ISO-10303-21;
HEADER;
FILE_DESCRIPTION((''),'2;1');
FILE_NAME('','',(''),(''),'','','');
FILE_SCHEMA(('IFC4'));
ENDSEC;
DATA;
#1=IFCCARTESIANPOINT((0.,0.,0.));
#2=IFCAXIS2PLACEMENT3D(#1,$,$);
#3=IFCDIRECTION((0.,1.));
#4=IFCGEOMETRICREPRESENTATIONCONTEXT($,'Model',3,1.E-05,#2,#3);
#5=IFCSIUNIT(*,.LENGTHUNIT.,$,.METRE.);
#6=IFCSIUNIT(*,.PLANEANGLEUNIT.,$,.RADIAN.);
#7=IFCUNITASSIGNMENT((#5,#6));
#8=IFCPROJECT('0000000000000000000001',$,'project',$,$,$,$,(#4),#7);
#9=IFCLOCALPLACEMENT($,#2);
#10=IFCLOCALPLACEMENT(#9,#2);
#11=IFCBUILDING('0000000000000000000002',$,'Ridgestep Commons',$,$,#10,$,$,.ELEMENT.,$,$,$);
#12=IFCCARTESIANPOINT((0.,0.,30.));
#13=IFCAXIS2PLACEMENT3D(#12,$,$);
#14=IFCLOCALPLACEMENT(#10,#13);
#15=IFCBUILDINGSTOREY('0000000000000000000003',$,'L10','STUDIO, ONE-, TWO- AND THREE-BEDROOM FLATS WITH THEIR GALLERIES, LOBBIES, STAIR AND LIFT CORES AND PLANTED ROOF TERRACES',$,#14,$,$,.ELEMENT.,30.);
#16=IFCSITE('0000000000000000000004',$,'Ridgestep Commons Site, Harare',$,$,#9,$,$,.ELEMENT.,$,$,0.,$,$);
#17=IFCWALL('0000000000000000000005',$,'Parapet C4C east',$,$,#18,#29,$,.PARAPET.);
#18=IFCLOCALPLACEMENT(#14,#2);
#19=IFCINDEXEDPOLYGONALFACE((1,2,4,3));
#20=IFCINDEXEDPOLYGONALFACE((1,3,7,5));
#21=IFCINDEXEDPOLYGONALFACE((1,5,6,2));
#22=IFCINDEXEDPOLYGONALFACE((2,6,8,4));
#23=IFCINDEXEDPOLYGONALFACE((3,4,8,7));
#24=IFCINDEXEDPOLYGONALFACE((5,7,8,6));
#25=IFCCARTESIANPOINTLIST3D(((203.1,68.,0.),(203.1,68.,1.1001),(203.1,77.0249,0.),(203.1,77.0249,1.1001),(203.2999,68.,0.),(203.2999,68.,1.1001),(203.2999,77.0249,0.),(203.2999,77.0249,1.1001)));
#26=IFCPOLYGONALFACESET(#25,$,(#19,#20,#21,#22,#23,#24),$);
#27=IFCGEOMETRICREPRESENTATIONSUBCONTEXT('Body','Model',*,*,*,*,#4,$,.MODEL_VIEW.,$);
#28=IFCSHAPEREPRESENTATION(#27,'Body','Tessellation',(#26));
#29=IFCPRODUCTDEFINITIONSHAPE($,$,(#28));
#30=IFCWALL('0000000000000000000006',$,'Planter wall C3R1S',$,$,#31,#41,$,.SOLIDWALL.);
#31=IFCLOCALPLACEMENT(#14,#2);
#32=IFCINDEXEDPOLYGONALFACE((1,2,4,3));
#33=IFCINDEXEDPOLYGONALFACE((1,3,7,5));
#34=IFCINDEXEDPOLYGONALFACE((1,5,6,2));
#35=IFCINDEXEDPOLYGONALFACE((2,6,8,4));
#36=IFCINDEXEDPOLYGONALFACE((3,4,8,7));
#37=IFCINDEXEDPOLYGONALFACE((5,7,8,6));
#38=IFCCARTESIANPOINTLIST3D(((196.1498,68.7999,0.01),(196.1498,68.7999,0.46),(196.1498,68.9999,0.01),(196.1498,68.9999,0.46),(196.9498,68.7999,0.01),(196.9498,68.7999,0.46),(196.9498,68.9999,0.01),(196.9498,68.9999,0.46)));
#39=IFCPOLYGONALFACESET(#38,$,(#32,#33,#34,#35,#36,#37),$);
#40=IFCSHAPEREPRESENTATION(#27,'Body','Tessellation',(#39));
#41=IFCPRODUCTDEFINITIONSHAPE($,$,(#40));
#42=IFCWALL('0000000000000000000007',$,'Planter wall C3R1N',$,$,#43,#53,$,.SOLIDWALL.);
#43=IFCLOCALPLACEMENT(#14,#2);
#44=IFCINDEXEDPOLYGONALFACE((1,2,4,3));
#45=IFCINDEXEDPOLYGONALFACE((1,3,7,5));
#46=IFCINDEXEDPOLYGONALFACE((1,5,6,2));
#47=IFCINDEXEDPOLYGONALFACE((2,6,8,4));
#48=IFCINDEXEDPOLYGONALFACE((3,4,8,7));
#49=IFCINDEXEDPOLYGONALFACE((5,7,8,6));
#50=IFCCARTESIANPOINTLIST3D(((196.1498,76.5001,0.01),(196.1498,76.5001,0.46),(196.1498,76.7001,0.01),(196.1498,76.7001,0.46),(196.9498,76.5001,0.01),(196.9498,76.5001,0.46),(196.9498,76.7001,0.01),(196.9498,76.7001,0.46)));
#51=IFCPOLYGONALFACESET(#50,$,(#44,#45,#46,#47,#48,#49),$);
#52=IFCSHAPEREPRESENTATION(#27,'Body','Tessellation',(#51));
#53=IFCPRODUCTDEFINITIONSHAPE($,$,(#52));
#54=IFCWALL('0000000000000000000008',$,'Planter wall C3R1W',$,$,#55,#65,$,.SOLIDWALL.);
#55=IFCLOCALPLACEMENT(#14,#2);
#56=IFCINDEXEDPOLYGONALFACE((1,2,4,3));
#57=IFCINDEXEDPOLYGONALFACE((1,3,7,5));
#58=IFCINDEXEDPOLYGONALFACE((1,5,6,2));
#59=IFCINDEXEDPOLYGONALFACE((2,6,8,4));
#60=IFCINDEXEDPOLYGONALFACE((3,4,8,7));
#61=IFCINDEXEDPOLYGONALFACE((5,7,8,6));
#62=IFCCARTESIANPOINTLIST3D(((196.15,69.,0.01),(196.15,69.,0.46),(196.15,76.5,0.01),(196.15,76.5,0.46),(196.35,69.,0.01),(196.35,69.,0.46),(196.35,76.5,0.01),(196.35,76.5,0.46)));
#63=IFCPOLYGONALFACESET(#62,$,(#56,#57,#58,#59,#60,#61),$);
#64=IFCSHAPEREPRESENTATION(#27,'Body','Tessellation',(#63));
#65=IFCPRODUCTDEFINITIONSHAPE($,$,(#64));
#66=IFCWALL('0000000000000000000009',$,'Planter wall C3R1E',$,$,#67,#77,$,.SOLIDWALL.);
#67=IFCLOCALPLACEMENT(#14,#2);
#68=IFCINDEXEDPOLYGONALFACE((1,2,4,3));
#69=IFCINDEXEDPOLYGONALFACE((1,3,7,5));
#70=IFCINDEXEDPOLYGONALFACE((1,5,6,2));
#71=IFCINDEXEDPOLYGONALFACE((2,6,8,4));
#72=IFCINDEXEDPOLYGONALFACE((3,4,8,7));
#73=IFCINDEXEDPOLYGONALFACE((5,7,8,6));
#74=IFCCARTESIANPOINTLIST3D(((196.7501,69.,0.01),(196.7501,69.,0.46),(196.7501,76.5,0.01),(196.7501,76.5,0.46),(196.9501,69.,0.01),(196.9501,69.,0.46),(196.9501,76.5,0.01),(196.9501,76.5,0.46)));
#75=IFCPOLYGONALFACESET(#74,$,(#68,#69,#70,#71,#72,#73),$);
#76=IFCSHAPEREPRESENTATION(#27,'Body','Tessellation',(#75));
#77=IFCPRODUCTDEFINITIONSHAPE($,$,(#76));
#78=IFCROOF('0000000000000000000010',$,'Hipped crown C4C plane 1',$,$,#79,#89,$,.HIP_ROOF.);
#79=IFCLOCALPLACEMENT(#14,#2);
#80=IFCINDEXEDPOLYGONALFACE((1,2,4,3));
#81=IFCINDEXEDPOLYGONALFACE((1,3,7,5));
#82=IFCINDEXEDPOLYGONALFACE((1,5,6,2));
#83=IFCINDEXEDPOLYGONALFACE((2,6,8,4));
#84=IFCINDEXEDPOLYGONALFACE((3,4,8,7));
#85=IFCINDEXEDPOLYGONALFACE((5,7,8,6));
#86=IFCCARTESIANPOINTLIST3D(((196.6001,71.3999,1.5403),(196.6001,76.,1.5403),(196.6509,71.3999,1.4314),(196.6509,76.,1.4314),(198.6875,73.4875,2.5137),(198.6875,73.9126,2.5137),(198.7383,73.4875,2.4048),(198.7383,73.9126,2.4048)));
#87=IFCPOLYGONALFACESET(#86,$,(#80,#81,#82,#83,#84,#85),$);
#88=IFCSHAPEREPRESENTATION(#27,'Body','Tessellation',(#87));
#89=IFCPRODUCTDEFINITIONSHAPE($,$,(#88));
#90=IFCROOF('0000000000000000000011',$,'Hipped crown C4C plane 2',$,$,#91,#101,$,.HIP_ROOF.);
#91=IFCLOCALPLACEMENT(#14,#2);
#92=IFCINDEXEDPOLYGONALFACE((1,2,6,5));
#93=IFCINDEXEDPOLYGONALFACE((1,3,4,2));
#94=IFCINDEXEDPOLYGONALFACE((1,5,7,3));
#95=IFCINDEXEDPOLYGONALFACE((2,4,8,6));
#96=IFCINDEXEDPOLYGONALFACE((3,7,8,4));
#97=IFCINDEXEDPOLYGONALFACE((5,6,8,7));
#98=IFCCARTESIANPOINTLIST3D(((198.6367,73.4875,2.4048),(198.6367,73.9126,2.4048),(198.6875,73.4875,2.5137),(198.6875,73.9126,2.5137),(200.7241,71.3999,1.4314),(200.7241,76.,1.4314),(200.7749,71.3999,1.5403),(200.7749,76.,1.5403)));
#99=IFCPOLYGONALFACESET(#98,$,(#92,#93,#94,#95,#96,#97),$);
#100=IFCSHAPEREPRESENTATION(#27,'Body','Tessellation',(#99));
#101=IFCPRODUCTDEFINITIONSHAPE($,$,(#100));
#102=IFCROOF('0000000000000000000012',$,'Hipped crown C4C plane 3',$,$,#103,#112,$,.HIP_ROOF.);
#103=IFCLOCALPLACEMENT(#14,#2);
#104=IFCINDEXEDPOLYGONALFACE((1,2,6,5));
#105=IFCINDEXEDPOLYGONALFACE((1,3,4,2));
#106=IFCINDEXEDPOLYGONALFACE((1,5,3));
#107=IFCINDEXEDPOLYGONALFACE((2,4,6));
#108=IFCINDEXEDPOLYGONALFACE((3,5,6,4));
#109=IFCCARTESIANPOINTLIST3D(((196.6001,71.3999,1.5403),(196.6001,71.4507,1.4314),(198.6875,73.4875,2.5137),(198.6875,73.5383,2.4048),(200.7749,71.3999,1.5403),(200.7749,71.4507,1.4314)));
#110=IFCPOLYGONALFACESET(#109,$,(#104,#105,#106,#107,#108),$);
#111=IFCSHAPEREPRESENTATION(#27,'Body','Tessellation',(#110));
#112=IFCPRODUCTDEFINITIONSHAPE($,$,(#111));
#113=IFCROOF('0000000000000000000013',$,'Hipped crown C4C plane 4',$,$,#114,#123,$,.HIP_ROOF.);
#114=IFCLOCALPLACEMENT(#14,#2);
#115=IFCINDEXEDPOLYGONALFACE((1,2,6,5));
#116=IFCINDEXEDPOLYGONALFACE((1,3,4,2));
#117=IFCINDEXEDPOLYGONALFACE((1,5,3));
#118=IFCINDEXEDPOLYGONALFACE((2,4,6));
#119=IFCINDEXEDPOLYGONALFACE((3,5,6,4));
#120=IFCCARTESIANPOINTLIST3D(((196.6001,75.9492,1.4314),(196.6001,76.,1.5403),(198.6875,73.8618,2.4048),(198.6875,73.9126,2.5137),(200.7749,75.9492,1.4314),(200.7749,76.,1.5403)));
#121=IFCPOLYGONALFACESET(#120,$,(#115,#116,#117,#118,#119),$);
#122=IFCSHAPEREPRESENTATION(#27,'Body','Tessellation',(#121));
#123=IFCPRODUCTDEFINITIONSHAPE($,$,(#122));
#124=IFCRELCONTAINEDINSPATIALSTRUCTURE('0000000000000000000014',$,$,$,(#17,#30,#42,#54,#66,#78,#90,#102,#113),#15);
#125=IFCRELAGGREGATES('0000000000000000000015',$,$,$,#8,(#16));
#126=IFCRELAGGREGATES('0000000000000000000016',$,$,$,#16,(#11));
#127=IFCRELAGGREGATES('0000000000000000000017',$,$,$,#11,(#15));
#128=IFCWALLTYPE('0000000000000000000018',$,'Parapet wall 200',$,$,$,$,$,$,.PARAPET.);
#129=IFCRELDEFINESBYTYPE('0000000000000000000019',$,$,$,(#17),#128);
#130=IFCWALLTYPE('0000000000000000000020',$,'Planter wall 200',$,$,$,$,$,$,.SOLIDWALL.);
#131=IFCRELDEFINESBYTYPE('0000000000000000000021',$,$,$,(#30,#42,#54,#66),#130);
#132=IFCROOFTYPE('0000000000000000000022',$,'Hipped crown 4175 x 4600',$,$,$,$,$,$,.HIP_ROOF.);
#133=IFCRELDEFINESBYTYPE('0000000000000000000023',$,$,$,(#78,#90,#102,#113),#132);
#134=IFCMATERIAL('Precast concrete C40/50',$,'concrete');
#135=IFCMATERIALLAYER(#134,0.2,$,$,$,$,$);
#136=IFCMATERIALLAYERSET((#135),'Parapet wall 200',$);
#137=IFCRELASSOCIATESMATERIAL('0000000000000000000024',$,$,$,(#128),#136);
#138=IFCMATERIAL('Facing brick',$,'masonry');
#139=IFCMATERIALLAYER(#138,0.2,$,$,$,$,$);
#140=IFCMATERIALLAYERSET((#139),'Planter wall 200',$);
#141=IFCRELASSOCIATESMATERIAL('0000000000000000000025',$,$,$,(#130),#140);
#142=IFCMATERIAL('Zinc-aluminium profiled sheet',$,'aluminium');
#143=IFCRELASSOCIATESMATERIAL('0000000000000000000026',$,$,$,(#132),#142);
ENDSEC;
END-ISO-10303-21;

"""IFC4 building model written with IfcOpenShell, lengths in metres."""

from ifc_helpers import new_model, si_unit, direction, frame, frame_2d, origin, place, context, subcontext, project, spatial, polyline, rectangle, outline, extrude, material, layer, layer_set, type_object, element, save


model = new_model("IFC4")

# Units and contexts
model_context = context("Model", 3, precision=1e-05, world=origin(), true_north=direction((0.0, 1.0)))
body_context = subcontext(model_context, "Body", "Model", "MODEL_VIEW")
ifc_project = project(units=[si_unit("LENGTHUNIT", "METRE"), si_unit("PLANEANGLEUNIT", "RADIAN")], contexts=[model_context])

# Site, building, storey
site_placement = place(None, origin())
site = spatial("IfcSite", under=ifc_project, at=site_placement, Name="Ridgestep Commons Site, Harare", CompositionType="ELEMENT", RefElevation=0.0)
building_placement = place(site_placement, origin())
building = spatial("IfcBuilding", under=site, at=building_placement, Name="Ridgestep Commons", CompositionType="ELEMENT")
storey_placement = place(building_placement, frame((0.0, 0.0, 30.0)))
storey = spatial("IfcBuildingStorey", under=building, at=storey_placement, Name="L10", Description="STUDIO, ONE-, TWO- AND THREE-BEDROOM FLATS WITH THEIR GALLERIES, LOBBIES, STAIR AND LIFT CORES AND PLANTED ROOF TERRACES", CompositionType="ELEMENT", Elevation=30.0)

# Walls
ifc_material_1 = material(Name="Precast concrete C40/50", Category="concrete")
ifc_layer_1 = layer(ifc_material_1, 0.2)
ifc_layer_set_1 = layer_set([ifc_layer_1], Name="Parapet wall 200")
wall_type_1 = type_object("IfcWallType", Name="Parapet wall 200", PredefinedType="PARAPET", material=ifc_layer_set_1)
wall_1_placement = place(storey_placement, frame((203.2, 68.0, 0.0), z_axis=(0.0, 0.0, 1.0), x_axis=(0.0, 1.0, 0.0)))
element("IfcWall", 1, at=wall_1_placement, inside=storey, type_object=wall_type_1, Name="Parapet C4C east", PredefinedType="PARAPET", context=body_context, shape_type="SweptSolid", body=[
    extrude(rectangle(XDim=9.0249, YDim=0.2, at=frame_2d((4.5125, 0.0))), origin(), (0.0, 0.0, 1.0), 1.1001),
])
ifc_material_2 = material(Name="Facing brick", Category="masonry")
ifc_layer_2 = layer(ifc_material_2, 0.2)
ifc_layer_set_2 = layer_set([ifc_layer_2], Name="Planter wall 200")
wall_type_2 = type_object("IfcWallType", Name="Planter wall 200", PredefinedType="SOLIDWALL", material=ifc_layer_set_2)
for number, where, z_axis, x_axis, name in (
    (2, (196.1499, 68.8999, 0.01), (0.0, 0.0, 1.0), (1.0, 0.0, 0.0), "Planter wall C3R1S"),
    (3, (196.1499, 76.6001, 0.01), (0.0, 0.0, 1.0), (1.0, 0.0, 0.0), "Planter wall C3R1N"),
):
    element("IfcWall", number, at=place(storey_placement, frame(where, z_axis=z_axis, x_axis=x_axis)), inside=storey, type_object=wall_type_2, Name=name, PredefinedType="SOLIDWALL", context=body_context, shape_type="SweptSolid", body=[
        extrude(rectangle(XDim=0.8, YDim=0.2, at=frame_2d((0.3999, 0.0))), origin(), (0.0, 0.0, 1.0), 0.45),
    ])
for number, where, z_axis, x_axis, name in (
    (4, (196.25, 69.0, 0.01), (0.0, 0.0, 1.0), (0.0, 1.0, 0.0), "Planter wall C3R1W"),
    (5, (196.8501, 69.0, 0.01), (0.0, 0.0, 1.0), (0.0, 1.0, 0.0), "Planter wall C3R1E"),
):
    element("IfcWall", number, at=place(storey_placement, frame(where, z_axis=z_axis, x_axis=x_axis)), inside=storey, type_object=wall_type_2, Name=name, PredefinedType="SOLIDWALL", context=body_context, shape_type="SweptSolid", body=[
        extrude(rectangle(XDim=7.5, YDim=0.2, at=frame_2d((3.75, 0.0))), origin(), (0.0, 0.0, 1.0), 0.45),
    ])

# Roofs
ifc_material_3 = material(Name="Zinc-aluminium profiled sheet", Category="aluminium")
roof_type = type_object("IfcRoofType", Name="Hipped crown 4175 x 4600", PredefinedType="HIP_ROOF", material=ifc_material_3)
roof_1_placement = place(storey_placement, frame((196.6001, 71.3999, 1.5403), z_axis=(-0.422624, 0.0, 0.906305), x_axis=(0.0, 1.0, 0.0)))
element("IfcRoof", 6, at=roof_1_placement, inside=storey, type_object=roof_type, Name="Hipped crown C4C plane 1", PredefinedType="HIP_ROOF", context=body_context, shape_type="SweptSolid", body=[
    extrude(outline(polyline([(0.0, 0.0), (4.6001, 0.0), (2.5127, -2.3032), (2.0876, -2.3032), (0.0, 0.0)])), origin(), (0.0, 0.0, -1.0), 0.1201),
])
roof_2_placement = place(storey_placement, frame((200.7749, 76.0, 1.5403), z_axis=(0.422624, 0.0, 0.906305), x_axis=(0.0, -1.0, 0.0)))
element("IfcRoof", 7, at=roof_2_placement, inside=storey, type_object=roof_type, Name="Hipped crown C4C plane 2", PredefinedType="HIP_ROOF", context=body_context, shape_type="SweptSolid", body=[
    extrude(outline(polyline([(0.0, 0.0), (4.6001, 0.0), (2.5125, -2.3032), (2.0874, -2.3032), (0.0, 0.0)])), origin(), (0.0, 0.0, -1.0), 0.1201),
])
roof_3_placement = place(storey_placement, frame((200.7749, 71.3999, 1.5403), z_axis=(0.0, -0.422584, 0.906324), x_axis=(-1.0, 0.0, 0.0)))
element("IfcRoof", 8, at=roof_3_placement, inside=storey, type_object=roof_type, Name="Hipped crown C4C plane 3", PredefinedType="HIP_ROOF", context=body_context, shape_type="SweptSolid", body=[
    extrude(outline(polyline([(0.0, 0.0), (4.1748, 0.0), (2.0874, -2.3034), (0.0, 0.0)])), origin(), (0.0, 0.0, -1.0), 0.1201),
])
roof_4_placement = place(storey_placement, frame((196.6001, 76.0, 1.5403), z_axis=(0.0, 0.422624, 0.906305), x_axis=(1.0, 0.0, 0.0)))
element("IfcRoof", 9, at=roof_4_placement, inside=storey, type_object=roof_type, Name="Hipped crown C4C plane 4", PredefinedType="HIP_ROOF", context=body_context, shape_type="SweptSolid", body=[
    extrude(outline(polyline([(0.0, 0.0), (4.1748, 0.0), (2.0874, -2.3032), (0.0, 0.0)])), origin(), (0.0, 0.0, -1.0), 0.1201),
])

save(model, "model.ifc")
